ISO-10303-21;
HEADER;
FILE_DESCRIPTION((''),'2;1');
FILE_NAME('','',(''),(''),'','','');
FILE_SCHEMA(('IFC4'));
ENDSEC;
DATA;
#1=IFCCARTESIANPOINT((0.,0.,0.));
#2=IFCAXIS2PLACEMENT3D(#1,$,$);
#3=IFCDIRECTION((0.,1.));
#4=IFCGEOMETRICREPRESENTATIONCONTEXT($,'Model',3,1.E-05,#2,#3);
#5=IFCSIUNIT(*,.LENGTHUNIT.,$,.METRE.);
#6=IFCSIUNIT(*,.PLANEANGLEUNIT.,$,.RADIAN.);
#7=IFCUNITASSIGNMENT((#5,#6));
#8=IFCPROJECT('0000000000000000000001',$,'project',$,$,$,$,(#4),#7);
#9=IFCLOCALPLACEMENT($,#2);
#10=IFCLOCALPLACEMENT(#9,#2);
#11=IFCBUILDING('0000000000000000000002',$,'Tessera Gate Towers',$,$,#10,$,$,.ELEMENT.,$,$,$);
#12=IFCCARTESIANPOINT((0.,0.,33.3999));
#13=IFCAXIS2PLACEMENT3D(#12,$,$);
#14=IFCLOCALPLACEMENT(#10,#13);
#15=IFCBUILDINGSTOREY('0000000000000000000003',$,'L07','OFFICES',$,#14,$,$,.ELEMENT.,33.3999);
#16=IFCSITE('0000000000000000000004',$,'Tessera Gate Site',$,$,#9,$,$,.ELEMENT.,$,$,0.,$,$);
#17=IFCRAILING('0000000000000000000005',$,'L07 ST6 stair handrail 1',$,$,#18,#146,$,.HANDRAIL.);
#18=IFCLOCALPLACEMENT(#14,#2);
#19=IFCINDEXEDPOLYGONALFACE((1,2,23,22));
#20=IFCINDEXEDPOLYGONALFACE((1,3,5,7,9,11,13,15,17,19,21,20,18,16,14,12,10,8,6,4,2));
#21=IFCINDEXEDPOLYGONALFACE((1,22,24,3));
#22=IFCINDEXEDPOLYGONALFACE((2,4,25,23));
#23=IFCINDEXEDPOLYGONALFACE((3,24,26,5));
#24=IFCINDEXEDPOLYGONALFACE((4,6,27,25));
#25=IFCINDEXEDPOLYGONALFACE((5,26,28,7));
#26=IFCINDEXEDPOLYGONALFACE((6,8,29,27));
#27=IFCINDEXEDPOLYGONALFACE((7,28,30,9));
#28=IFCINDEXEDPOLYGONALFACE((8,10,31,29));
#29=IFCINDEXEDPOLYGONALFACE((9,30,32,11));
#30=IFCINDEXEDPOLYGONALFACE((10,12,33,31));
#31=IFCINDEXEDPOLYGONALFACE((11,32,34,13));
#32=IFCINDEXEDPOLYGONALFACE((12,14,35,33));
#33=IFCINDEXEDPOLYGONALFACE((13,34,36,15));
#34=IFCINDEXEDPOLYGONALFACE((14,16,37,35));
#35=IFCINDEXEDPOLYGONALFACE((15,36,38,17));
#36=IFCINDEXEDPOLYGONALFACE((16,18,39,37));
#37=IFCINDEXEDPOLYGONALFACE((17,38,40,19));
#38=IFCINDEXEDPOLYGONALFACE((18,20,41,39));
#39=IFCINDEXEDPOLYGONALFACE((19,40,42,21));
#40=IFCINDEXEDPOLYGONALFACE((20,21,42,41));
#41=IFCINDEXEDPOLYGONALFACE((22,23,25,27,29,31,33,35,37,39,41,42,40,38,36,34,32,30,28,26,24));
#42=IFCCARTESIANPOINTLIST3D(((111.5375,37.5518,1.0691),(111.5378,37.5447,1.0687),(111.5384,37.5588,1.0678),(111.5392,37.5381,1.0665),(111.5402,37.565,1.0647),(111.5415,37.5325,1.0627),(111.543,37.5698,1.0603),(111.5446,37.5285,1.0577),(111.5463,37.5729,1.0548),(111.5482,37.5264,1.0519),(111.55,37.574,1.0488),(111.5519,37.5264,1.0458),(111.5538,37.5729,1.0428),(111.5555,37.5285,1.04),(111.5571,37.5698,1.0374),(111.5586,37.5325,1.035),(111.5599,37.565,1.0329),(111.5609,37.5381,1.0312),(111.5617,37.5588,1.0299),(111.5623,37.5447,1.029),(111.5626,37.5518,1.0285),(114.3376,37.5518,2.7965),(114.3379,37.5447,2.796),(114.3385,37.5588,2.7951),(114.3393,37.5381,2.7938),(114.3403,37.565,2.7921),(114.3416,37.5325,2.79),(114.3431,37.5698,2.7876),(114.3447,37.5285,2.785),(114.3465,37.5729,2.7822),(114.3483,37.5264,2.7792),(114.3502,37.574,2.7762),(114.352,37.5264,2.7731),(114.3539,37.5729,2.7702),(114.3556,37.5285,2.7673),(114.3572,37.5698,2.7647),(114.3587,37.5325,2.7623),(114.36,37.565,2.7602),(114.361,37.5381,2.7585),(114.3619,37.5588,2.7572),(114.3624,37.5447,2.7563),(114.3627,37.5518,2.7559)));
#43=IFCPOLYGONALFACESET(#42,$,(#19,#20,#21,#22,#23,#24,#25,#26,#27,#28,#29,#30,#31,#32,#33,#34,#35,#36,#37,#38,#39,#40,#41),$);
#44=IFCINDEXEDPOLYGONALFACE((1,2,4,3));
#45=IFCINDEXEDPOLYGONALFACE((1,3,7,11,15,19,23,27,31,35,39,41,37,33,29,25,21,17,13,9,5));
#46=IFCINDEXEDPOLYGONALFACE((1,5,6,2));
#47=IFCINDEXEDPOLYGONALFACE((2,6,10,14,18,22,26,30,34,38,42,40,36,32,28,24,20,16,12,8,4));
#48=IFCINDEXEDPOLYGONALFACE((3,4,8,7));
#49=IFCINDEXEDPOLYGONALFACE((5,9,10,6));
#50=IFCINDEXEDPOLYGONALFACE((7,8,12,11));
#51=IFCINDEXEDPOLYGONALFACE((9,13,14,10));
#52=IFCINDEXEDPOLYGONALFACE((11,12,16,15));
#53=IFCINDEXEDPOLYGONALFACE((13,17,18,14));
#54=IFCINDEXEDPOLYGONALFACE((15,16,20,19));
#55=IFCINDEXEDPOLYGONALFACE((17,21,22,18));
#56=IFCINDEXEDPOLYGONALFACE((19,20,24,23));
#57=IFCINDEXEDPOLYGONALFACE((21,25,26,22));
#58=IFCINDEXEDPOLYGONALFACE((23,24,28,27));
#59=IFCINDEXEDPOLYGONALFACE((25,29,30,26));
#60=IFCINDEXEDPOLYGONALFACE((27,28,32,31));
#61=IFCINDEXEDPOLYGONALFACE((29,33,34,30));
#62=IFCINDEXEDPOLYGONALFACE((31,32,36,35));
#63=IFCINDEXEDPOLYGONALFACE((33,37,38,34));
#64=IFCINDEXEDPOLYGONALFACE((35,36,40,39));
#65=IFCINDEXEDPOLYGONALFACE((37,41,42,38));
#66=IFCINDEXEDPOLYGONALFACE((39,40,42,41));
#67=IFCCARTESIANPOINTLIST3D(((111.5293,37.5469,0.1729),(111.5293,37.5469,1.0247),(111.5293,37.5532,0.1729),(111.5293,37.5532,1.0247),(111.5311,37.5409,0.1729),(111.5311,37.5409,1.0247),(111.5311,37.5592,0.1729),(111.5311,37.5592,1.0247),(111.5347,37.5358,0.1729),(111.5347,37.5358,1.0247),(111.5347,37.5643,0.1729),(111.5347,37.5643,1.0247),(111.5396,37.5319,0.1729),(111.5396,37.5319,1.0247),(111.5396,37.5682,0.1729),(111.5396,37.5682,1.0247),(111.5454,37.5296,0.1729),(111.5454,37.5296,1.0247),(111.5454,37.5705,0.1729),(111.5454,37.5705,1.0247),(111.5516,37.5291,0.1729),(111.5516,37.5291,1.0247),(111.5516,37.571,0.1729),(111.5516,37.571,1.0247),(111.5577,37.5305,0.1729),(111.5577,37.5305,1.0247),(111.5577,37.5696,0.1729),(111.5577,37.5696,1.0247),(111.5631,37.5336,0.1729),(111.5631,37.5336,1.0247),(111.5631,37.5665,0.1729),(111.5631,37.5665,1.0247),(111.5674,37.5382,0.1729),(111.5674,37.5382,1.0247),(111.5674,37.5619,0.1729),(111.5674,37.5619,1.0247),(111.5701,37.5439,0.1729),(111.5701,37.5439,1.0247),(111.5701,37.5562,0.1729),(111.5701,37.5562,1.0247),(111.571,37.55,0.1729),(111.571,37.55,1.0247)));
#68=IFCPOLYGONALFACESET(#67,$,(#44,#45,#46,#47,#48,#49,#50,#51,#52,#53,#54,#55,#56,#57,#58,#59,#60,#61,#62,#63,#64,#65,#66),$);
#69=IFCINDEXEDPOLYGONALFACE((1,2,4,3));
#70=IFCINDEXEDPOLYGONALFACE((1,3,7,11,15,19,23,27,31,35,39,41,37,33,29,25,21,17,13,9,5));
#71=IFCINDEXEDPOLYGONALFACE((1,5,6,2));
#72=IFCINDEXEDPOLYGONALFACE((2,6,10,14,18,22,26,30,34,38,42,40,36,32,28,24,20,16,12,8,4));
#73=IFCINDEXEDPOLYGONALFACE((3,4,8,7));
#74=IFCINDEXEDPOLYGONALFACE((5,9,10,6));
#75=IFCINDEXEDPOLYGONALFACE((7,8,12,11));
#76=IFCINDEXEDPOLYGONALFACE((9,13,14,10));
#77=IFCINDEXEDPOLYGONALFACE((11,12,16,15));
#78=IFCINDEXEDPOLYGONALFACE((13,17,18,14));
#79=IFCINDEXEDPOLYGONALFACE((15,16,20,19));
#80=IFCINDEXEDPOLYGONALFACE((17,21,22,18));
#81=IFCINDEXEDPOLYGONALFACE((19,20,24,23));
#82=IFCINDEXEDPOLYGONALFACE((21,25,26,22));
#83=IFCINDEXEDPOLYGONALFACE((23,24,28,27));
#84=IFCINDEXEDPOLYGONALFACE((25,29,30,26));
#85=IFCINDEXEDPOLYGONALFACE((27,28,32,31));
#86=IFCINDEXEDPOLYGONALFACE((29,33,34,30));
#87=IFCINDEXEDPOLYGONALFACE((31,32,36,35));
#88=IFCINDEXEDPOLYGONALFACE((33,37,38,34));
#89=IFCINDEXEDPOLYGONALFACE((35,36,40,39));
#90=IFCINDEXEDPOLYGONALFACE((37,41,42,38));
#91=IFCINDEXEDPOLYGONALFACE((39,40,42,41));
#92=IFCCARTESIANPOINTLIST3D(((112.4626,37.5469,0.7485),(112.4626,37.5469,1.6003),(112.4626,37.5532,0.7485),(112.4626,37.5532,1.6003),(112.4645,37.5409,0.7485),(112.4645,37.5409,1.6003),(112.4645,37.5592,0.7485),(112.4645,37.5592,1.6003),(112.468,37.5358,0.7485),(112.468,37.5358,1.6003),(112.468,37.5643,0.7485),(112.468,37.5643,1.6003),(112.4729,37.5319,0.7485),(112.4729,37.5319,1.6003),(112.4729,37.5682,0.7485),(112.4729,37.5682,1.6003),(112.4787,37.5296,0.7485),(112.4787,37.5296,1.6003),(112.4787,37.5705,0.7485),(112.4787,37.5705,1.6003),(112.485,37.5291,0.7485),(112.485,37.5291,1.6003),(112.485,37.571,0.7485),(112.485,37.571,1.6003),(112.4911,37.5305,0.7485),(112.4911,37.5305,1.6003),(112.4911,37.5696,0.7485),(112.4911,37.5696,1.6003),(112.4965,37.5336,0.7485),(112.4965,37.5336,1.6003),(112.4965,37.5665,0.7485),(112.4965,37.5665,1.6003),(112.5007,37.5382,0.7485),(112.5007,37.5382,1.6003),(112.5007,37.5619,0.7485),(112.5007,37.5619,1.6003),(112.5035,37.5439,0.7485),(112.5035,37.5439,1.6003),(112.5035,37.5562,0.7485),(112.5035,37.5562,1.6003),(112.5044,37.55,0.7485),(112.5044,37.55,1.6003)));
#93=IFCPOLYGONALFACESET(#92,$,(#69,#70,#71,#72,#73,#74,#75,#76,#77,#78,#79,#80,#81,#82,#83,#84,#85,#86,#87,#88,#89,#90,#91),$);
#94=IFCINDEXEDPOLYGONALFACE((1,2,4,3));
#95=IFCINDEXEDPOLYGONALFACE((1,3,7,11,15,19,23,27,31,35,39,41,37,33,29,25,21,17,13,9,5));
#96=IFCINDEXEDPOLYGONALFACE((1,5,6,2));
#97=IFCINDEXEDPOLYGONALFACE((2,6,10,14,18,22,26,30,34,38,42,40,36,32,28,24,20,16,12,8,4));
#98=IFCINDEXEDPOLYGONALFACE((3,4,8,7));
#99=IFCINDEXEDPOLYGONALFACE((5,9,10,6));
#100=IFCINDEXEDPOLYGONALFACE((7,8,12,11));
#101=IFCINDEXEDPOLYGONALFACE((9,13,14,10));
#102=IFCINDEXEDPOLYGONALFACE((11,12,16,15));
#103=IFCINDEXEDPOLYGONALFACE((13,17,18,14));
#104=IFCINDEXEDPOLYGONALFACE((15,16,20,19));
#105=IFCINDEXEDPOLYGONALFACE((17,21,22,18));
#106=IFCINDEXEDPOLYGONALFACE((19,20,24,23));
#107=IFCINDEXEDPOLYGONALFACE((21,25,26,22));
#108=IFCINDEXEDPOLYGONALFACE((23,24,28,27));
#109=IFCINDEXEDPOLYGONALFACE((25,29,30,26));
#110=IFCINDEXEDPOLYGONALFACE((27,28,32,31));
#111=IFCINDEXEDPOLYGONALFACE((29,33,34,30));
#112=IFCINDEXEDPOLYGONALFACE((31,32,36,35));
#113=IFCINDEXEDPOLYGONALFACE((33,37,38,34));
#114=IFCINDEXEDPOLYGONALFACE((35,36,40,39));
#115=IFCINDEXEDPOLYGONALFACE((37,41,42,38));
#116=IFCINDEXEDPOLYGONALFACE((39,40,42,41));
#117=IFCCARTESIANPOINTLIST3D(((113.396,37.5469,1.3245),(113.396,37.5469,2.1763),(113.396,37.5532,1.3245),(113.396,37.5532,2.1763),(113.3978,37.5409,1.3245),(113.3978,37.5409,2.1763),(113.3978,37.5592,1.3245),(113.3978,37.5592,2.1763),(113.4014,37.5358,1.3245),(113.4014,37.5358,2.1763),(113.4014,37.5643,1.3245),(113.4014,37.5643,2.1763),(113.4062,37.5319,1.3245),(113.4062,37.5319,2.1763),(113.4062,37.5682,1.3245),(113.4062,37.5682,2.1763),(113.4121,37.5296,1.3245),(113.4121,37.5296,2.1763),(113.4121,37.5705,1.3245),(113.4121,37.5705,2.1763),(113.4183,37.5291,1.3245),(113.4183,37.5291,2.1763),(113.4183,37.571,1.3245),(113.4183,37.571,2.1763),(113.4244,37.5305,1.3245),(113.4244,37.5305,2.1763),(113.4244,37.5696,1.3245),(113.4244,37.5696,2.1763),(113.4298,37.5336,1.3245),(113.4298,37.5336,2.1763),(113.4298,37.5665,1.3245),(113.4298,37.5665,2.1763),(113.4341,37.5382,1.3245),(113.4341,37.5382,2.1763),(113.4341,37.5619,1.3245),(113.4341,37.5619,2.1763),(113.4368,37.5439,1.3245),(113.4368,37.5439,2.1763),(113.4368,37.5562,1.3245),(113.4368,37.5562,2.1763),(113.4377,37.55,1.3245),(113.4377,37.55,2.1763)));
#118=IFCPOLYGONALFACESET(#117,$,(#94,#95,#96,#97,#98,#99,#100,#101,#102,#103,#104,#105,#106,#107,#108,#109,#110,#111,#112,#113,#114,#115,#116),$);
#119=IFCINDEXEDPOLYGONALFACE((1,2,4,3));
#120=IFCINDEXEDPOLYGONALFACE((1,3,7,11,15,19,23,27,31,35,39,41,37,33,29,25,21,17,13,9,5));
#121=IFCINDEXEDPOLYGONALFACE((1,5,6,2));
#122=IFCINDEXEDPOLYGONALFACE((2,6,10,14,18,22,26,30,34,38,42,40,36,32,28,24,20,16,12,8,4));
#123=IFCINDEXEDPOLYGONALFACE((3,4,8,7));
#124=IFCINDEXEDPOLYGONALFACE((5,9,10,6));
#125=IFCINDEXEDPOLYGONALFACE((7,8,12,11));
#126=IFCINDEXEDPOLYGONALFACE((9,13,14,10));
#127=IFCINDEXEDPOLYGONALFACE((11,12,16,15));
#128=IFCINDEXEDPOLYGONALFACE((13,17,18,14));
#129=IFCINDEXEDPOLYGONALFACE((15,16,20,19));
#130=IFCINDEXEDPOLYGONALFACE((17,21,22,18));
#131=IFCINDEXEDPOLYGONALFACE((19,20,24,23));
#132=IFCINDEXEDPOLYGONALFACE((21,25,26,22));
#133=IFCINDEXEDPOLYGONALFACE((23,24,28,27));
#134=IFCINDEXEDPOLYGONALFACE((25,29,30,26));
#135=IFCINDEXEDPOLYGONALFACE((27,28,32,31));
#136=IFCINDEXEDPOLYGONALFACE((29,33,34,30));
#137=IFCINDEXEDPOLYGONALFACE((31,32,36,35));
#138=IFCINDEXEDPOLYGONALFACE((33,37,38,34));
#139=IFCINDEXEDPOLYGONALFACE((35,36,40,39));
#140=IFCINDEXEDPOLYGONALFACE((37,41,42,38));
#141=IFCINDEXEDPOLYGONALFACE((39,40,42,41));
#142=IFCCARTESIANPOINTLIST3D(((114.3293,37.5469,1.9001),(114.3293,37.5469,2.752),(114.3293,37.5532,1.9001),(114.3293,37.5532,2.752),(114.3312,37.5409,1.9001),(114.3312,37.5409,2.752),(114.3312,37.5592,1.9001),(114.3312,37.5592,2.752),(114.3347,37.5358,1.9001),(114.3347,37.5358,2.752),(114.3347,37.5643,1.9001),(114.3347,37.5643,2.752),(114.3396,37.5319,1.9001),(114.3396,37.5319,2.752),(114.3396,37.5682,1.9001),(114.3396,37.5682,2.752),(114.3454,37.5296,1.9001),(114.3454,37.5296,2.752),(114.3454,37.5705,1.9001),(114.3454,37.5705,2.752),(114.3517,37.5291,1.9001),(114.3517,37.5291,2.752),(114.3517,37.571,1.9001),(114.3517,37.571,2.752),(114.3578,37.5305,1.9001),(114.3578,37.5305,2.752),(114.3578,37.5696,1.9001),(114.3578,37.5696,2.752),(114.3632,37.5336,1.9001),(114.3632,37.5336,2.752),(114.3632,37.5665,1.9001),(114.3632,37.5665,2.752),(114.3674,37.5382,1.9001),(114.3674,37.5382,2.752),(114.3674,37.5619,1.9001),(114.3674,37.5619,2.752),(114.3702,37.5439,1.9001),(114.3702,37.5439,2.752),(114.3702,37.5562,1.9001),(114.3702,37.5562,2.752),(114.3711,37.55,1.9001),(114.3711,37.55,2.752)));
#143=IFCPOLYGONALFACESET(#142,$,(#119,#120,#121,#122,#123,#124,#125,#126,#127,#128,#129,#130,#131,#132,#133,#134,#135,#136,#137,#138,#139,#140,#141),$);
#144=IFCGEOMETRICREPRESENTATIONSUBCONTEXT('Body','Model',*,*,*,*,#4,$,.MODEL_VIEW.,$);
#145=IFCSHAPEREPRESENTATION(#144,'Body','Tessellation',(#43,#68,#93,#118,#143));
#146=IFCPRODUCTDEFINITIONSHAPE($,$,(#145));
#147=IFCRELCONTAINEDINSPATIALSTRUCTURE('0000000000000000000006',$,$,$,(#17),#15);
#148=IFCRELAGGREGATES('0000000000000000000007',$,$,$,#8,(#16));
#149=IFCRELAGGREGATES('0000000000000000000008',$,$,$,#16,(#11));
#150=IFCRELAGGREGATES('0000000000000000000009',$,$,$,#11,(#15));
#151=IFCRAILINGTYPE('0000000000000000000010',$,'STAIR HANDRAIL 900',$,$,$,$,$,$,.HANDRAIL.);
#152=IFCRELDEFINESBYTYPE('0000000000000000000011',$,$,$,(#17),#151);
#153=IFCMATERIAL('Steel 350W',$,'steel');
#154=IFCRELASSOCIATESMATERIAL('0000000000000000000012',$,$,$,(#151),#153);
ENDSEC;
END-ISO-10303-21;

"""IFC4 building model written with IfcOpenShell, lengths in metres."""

from ifc_helpers import new_model, si_unit, direction, frame, origin, origin_2d, place, context, subcontext, project, spatial, circle, extrude, material, type_object, element, save


model = new_model("IFC4")

# Units and contexts
model_context = context("Model", 3, precision=1e-05, world=origin(), true_north=direction((0.0, 1.0)))
body_context = subcontext(model_context, "Body", "Model", "MODEL_VIEW")
ifc_project = project(units=[si_unit("LENGTHUNIT", "METRE"), si_unit("PLANEANGLEUNIT", "RADIAN")], contexts=[model_context])

# Site, building, storey
site_placement = place(None, origin())
site = spatial("IfcSite", under=ifc_project, at=site_placement, Name="Tessera Gate Site", CompositionType="ELEMENT", RefElevation=0.0)
building_placement = place(site_placement, origin())
building = spatial("IfcBuilding", under=site, at=building_placement, Name="Tessera Gate Towers", CompositionType="ELEMENT")
storey_placement = place(building_placement, frame((0.0, 0.0, 33.3999)))
storey = spatial("IfcBuildingStorey", under=building, at=storey_placement, Name="L07", Description="OFFICES", CompositionType="ELEMENT", Elevation=33.3999)

# Railing
ifc_material_1 = material(Name="Steel 350W", Category="steel")
railing_type_1 = type_object("IfcRailingType", Name="STAIR HANDRAIL 900", PredefinedType="HANDRAIL", material=ifc_material_1)
railing_1_placement = place(storey_placement, frame((111.55, 37.55, 0.1729)))
element("IfcRailing", 1, at=railing_1_placement, inside=storey, type_object=railing_type_1, Name="L07 ST6 stair handrail 1", PredefinedType="HANDRAIL", context=body_context, shape_type="SweptSolid", body=[
    extrude(circle(Radius=0.0239, at=origin_2d()), frame((0.0, 0.0, 0.876), z_axis=(0.85109, 0.0, 0.52502), x_axis=(0.0, 1.0, 0.0)), (0.0, 0.0, 1.0), 3.29),
    extrude(circle(Radius=0.021, at=origin_2d()), origin(), (0.0, 0.0, 1.0), 0.8518),
    extrude(circle(Radius=0.021, at=origin_2d()), frame((0.9333, 0.0, 0.5757)), (0.0, 0.0, 1.0), 0.8518),
    extrude(circle(Radius=0.021, at=origin_2d()), frame((1.8667, 0.0, 1.1516)), (0.0, 0.0, 1.0), 0.8518),
    extrude(circle(Radius=0.021, at=origin_2d()), frame((2.8, 0.0, 1.7273)), (0.0, 0.0, 1.0), 0.8518),
])

save(model, "model.ifc")
